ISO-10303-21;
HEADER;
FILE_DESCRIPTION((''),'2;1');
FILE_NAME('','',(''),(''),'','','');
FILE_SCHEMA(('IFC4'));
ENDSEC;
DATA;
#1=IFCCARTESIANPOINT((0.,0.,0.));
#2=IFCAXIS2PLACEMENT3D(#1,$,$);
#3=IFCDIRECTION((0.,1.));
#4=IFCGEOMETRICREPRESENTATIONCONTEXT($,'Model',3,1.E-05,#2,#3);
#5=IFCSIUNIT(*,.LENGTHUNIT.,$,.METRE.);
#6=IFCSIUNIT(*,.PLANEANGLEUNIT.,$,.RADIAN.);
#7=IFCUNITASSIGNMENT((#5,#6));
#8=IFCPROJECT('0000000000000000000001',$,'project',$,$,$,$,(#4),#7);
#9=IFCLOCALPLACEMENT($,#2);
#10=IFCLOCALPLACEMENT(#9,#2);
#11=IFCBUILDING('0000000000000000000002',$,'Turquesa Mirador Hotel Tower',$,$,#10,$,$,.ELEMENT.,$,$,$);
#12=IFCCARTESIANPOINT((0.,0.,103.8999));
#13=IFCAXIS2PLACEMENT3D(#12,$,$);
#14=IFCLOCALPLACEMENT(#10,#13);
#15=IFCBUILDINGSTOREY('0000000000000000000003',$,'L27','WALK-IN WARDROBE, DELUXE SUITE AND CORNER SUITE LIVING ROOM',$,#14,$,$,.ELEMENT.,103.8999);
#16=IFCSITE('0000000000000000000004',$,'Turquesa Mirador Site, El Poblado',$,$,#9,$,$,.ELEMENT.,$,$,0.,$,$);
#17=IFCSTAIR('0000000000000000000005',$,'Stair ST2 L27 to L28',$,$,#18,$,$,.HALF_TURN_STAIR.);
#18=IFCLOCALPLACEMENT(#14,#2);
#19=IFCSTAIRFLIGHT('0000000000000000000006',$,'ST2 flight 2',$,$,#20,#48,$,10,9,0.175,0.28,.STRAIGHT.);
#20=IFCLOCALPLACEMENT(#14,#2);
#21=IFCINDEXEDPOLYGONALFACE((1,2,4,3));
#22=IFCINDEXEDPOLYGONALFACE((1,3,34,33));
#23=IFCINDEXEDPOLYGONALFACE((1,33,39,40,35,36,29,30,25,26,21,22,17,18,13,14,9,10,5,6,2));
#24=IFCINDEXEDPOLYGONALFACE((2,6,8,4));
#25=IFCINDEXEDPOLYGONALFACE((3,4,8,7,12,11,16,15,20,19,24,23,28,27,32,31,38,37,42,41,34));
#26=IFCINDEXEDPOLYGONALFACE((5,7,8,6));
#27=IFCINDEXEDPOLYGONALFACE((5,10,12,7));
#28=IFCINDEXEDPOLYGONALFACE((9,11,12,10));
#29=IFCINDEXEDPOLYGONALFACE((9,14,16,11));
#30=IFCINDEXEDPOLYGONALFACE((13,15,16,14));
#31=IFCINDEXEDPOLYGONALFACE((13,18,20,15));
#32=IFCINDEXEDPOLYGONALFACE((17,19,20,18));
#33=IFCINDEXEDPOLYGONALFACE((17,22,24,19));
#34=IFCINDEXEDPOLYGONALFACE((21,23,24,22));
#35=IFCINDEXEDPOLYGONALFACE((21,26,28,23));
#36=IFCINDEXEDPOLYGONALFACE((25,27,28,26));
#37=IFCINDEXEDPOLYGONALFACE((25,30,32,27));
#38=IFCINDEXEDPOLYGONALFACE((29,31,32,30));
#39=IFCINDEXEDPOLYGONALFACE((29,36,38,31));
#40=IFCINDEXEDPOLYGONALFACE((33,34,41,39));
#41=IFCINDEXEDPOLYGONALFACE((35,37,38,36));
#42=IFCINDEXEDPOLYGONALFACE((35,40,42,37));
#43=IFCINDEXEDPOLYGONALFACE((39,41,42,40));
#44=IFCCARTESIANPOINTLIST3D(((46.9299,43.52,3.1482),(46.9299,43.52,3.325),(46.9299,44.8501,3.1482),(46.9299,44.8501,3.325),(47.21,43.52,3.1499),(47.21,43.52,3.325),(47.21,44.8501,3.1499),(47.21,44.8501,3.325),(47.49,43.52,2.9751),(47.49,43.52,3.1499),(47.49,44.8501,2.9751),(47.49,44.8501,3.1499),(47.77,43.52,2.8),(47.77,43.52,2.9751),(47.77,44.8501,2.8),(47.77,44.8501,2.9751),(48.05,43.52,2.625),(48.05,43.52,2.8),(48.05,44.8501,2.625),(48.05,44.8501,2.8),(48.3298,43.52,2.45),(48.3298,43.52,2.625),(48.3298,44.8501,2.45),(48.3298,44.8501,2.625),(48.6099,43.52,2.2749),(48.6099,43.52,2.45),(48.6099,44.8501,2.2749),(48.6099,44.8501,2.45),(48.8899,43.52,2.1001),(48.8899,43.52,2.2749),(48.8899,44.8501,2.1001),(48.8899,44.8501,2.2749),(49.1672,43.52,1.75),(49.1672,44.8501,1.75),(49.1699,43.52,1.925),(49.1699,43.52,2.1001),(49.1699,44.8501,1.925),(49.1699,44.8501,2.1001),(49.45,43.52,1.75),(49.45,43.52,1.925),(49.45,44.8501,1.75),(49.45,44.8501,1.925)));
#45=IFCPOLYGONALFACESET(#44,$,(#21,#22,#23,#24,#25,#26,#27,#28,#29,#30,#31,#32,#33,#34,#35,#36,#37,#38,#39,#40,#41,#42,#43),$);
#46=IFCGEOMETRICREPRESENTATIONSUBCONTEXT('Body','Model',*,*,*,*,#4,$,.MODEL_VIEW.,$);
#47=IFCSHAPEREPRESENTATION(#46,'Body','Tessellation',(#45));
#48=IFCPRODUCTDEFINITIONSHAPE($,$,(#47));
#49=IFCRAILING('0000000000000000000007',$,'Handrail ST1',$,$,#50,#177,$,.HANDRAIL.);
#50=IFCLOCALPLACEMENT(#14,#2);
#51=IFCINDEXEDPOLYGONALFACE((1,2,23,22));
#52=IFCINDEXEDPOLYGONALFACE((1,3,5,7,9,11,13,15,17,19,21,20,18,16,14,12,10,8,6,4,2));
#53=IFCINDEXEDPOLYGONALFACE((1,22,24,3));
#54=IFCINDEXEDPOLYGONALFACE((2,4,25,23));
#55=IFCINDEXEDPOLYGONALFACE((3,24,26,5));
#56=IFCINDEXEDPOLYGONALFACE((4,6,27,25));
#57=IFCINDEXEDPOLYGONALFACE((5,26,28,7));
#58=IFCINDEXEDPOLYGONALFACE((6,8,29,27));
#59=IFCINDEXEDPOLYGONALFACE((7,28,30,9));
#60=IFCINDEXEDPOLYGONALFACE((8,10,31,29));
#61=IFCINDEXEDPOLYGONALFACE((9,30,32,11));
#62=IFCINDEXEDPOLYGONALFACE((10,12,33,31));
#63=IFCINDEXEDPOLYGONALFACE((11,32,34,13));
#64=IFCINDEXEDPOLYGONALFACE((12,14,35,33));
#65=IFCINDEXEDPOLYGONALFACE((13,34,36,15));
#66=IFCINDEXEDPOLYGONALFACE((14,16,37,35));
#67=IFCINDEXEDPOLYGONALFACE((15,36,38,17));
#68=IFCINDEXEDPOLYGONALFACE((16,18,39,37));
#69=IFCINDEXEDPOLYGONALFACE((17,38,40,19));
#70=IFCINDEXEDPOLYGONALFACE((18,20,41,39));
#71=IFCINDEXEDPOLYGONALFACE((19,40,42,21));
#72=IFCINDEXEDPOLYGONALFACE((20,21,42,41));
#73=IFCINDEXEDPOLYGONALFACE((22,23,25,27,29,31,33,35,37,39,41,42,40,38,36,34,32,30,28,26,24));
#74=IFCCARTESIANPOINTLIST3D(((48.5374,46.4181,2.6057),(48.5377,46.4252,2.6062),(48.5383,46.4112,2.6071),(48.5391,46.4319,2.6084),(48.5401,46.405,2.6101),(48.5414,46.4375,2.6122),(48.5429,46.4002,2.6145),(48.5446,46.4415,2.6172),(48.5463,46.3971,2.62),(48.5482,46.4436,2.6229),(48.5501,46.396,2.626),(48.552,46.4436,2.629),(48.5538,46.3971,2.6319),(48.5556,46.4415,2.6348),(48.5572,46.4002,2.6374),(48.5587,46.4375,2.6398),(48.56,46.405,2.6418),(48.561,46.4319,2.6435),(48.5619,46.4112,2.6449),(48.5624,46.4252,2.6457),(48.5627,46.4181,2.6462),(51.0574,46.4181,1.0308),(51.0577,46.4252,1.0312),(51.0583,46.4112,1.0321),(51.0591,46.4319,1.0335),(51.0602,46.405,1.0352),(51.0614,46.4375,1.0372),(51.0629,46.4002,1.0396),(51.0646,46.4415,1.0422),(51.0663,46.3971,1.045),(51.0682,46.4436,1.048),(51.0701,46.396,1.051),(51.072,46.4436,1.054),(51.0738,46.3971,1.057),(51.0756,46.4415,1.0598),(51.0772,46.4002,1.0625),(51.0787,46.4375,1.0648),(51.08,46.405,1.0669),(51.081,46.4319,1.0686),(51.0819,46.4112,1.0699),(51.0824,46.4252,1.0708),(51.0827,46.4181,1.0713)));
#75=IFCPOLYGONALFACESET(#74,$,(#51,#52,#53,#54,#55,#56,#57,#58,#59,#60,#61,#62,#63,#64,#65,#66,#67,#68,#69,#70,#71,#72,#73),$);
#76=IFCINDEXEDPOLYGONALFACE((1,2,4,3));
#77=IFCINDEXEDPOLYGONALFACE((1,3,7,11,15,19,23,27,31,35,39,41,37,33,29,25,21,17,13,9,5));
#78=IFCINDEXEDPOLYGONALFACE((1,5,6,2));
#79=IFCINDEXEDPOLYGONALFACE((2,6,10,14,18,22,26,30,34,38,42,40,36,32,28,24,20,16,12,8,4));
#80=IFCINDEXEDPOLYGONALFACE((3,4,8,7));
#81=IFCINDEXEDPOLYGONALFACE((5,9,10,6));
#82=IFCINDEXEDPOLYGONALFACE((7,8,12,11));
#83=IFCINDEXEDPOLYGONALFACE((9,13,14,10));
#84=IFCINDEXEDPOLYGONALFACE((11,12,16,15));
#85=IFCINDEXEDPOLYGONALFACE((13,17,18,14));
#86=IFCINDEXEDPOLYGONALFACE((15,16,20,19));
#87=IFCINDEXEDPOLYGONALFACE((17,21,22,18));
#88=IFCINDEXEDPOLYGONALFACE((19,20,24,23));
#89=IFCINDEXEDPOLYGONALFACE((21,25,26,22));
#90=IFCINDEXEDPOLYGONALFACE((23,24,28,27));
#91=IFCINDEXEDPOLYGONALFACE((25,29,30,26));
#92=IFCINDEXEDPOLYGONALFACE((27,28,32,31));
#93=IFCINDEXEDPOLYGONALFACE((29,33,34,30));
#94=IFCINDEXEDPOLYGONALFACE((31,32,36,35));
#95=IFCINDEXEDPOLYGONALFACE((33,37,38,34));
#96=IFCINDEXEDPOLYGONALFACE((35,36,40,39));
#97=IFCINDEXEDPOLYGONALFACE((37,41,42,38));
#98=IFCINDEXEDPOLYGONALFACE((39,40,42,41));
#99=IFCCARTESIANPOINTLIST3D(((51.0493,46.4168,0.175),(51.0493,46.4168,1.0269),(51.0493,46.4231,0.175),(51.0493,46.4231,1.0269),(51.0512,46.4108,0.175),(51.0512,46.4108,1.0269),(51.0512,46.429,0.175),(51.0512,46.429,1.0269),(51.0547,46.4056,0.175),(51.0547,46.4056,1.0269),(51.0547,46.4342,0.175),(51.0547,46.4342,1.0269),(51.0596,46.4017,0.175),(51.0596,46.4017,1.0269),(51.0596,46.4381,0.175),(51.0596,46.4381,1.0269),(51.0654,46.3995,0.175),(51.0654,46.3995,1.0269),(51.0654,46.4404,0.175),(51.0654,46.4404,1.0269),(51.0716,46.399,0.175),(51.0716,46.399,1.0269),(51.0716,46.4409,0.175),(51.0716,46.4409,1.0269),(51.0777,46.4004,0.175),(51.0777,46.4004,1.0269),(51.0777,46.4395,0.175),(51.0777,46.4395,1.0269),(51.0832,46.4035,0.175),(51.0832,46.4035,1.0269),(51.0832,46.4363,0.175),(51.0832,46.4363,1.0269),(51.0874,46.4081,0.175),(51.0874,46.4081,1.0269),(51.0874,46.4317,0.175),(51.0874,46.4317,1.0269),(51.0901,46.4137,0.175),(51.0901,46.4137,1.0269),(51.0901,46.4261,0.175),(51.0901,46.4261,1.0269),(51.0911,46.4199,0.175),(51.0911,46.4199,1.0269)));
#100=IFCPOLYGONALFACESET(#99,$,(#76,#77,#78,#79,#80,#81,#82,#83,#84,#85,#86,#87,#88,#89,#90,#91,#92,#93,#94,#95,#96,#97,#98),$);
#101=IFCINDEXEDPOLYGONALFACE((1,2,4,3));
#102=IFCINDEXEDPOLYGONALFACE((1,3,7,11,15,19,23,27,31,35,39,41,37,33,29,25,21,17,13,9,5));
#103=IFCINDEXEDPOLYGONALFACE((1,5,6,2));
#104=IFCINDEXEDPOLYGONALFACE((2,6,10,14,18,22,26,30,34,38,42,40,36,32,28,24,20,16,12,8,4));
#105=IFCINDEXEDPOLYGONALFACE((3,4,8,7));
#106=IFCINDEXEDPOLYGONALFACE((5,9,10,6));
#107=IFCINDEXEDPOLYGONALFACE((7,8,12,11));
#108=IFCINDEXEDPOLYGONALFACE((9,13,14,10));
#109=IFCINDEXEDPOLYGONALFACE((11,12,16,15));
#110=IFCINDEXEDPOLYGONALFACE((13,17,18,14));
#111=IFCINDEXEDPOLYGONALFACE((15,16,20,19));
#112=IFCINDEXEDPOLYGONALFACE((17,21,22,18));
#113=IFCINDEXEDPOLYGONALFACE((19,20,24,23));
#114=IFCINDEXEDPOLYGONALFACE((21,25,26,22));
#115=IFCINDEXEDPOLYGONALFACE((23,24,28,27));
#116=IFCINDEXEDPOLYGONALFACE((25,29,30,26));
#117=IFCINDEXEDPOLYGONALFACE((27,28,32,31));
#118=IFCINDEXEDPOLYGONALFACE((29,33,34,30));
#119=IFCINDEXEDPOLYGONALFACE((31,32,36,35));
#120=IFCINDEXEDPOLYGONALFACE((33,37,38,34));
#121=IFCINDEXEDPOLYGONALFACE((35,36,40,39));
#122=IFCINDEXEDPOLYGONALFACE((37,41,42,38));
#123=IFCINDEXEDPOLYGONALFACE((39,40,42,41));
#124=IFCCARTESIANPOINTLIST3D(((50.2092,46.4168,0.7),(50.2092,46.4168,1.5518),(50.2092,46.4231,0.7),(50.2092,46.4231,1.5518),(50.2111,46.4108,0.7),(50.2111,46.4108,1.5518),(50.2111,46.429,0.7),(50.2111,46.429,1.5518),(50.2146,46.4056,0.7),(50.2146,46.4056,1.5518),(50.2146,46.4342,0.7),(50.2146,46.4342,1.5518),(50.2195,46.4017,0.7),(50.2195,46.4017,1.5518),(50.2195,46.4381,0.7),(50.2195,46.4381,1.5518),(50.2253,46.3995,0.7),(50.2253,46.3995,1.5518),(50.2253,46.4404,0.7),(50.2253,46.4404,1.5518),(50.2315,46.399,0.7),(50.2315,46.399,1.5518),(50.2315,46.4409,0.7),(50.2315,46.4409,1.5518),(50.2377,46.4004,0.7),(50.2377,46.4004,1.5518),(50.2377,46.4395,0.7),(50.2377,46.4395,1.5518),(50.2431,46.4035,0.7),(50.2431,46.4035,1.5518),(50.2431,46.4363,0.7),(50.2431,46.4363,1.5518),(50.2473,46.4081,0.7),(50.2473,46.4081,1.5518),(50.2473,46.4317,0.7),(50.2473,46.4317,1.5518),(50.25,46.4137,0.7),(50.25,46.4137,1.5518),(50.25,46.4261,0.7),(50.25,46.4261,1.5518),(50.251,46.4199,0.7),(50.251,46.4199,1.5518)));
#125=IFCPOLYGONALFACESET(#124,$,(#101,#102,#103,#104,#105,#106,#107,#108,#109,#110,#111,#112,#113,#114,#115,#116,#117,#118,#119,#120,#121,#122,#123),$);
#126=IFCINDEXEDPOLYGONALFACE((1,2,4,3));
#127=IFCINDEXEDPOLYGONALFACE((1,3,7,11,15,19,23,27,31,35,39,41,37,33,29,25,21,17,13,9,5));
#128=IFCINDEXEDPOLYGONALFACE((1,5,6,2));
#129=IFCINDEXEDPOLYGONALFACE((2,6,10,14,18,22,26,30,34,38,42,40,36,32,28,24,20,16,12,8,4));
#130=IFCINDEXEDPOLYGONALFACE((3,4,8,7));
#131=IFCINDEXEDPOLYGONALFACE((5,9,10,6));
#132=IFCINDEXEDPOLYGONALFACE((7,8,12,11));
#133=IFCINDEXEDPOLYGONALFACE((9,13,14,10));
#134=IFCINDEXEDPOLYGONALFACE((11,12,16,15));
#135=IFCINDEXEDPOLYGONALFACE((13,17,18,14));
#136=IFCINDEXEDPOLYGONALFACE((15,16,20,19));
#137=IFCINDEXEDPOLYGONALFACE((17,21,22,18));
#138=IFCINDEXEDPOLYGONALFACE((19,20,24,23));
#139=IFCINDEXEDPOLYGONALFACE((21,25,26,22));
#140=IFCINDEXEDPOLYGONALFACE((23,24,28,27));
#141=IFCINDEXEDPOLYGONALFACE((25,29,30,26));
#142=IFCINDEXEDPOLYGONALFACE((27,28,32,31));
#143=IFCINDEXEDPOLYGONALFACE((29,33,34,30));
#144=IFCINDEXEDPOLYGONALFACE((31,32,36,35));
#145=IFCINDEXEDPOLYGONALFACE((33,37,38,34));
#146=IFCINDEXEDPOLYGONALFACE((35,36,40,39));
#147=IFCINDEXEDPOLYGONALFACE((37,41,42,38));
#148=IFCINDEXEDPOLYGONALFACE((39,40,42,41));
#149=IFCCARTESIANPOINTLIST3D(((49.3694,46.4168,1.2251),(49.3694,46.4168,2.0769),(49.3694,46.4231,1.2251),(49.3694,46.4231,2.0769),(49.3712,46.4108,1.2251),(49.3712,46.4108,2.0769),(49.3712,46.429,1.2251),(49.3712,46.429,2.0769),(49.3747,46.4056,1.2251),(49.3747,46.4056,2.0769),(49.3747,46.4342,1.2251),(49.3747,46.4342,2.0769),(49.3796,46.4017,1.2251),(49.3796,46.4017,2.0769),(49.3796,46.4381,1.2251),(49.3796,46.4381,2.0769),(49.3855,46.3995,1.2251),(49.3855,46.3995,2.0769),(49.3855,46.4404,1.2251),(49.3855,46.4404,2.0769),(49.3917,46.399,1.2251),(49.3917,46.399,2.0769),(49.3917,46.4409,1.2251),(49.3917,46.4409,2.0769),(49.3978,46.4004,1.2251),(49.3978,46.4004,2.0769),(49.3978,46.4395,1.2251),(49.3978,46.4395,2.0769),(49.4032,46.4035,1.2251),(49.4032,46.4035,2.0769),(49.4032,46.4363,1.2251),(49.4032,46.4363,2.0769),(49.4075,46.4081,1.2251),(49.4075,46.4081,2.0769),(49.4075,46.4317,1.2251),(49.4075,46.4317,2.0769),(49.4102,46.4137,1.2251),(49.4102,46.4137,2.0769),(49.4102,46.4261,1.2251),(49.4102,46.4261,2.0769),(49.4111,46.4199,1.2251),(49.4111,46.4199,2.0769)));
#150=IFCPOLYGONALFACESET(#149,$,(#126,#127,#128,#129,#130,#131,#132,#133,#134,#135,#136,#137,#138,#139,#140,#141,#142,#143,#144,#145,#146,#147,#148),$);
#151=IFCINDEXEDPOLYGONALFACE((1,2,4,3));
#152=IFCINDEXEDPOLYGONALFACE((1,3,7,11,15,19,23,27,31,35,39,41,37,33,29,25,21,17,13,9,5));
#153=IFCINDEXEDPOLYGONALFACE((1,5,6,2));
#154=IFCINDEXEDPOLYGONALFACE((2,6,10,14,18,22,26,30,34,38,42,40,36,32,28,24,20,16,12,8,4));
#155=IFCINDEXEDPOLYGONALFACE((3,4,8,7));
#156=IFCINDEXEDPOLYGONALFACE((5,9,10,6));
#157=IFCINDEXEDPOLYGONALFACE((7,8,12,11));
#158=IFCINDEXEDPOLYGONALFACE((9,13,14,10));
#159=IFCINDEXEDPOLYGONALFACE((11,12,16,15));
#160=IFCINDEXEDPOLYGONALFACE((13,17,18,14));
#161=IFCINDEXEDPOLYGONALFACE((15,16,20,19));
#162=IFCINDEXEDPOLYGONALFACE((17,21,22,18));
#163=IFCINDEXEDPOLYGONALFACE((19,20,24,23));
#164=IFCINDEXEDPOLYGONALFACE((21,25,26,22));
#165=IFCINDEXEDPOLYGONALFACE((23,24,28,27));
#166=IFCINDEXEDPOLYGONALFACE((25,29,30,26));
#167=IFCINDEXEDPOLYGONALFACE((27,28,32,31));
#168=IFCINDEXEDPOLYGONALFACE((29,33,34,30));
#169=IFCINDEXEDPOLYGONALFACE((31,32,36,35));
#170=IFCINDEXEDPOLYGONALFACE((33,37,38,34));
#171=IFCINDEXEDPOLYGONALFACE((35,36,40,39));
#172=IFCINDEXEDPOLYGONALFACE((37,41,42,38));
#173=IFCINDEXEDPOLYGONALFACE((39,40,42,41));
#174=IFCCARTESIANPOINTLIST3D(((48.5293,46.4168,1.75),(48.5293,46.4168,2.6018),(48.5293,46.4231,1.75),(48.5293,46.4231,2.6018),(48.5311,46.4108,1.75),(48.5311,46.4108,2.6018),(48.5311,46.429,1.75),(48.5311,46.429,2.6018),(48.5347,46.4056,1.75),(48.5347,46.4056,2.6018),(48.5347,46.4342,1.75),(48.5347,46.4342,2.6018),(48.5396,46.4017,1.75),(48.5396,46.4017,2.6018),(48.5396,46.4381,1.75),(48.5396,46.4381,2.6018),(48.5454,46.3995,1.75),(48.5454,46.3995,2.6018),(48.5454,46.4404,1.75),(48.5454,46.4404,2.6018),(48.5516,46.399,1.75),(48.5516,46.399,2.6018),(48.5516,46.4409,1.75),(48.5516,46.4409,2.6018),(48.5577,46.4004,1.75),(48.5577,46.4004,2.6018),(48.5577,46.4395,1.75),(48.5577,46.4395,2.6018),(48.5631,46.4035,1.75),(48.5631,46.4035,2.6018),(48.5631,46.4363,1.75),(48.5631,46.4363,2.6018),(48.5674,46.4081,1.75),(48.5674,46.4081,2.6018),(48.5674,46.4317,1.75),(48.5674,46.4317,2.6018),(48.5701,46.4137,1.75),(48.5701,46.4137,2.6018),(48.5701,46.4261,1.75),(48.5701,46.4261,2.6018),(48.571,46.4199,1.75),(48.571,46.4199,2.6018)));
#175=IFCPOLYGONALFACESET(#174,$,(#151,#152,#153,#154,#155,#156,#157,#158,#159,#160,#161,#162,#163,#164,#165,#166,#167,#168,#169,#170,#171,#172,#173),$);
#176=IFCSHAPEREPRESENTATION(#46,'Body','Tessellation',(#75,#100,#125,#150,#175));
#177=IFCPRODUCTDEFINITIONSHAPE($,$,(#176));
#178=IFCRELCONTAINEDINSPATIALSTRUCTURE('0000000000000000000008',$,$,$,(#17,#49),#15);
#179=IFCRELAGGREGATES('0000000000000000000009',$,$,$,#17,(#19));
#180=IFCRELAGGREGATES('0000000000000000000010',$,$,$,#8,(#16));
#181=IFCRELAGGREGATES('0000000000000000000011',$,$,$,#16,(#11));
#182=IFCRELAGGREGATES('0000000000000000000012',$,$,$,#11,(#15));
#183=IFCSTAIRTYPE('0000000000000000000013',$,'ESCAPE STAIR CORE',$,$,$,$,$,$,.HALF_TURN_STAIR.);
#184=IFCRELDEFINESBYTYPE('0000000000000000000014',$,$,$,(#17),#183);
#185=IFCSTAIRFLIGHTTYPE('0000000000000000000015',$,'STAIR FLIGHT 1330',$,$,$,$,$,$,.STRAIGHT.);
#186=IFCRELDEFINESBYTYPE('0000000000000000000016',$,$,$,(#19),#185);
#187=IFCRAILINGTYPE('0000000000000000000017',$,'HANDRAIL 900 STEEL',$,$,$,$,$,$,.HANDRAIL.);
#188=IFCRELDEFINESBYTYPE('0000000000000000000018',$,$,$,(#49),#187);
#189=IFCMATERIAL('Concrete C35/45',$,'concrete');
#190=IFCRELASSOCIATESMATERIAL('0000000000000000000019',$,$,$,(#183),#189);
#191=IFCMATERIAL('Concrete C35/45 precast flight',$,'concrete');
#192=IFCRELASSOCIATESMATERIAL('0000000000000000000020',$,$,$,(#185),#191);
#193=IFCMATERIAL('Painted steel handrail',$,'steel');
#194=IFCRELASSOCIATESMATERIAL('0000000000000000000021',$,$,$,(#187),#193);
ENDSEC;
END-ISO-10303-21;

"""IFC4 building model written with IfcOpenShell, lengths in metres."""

from ifc_helpers import new_model, si_unit, direction, frame, origin, origin_2d, place, context, subcontext, project, spatial, polyline, circle, outline, extrude, material, type_object, element, aggregate, save


model = new_model("IFC4")

# Units and contexts
model_context = context("Model", 3, precision=1e-05, world=origin(), true_north=direction((0.0, 1.0)))
body_context = subcontext(model_context, "Body", "Model", "MODEL_VIEW")
ifc_project = project(units=[si_unit("LENGTHUNIT", "METRE"), si_unit("PLANEANGLEUNIT", "RADIAN")], contexts=[model_context])

# Site, building, storey
site_placement = place(None, origin())
site = spatial("IfcSite", under=ifc_project, at=site_placement, Name="Turquesa Mirador Site, El Poblado", CompositionType="ELEMENT", RefElevation=0.0)
building_placement = place(site_placement, origin())
building = spatial("IfcBuilding", under=site, at=building_placement, Name="Turquesa Mirador Hotel Tower", CompositionType="ELEMENT")
storey_placement = place(building_placement, frame((0.0, 0.0, 103.8999)))
storey = spatial("IfcBuildingStorey", under=building, at=storey_placement, Name="L27", Description="WALK-IN WARDROBE, DELUXE SUITE AND CORNER SUITE LIVING ROOM", CompositionType="ELEMENT", Elevation=103.8999)

# Shared definitions
ifc_material_1 = material(Name="Concrete C35/45", Category="concrete")
stair_type = type_object("IfcStairType", Name="ESCAPE STAIR CORE", PredefinedType="HALF_TURN_STAIR", material=ifc_material_1)
ifc_material_2 = material(Name="Concrete C35/45 precast flight", Category="concrete")
stair_flight_type = type_object("IfcStairFlightType", Name="STAIR FLIGHT 1330", PredefinedType="STRAIGHT", material=ifc_material_2)

# Stair, stair flight
stair_1_placement = place(storey_placement, origin())
stair_1 = element("IfcStair", 1, at=stair_1_placement, inside=storey, type_object=stair_type, Name="Stair ST2 L27 to L28", PredefinedType="HALF_TURN_STAIR")
stair_flight_1_placement = place(storey_placement, frame((49.45, 44.1851, 1.75), z_axis=(0.0, 0.0, 1.0), x_axis=(-1.0, 0.0, 0.0)))
stair_flight_1 = element("IfcStairFlight", 2, at=stair_flight_1_placement, type_object=stair_flight_type, Name="ST2 flight 2", NumberOfRisers=10, NumberOfTreads=9, PredefinedType="STRAIGHT", RiserHeight=0.175, TreadLength=0.28, context=body_context, shape_type="SweptSolid", body=[
    extrude(outline(polyline([(0.0, 0.0), (0.0, 0.175), (0.28, 0.175), (0.28, 0.3501), (0.5601, 0.3501), (0.5601, 0.5249), (0.8401, 0.5249), (0.8401, 0.7), (1.1201, 0.7), (1.1201, 0.875), (1.3999, 0.875), (1.3999, 1.05), (1.6799, 1.05), (1.6799, 1.2251), (1.96, 1.2251), (1.96, 1.3999), (2.24, 1.3999), (2.24, 1.575), (2.52, 1.575), (2.52, 1.75), (2.52, 1.3982), (0.2827, 0.0), (0.0, 0.0)])), frame((0.0, 0.665, 0.0), z_axis=(0.0, -1.0, 0.0), x_axis=(1.0, 0.0, 0.0)), (0.0, 0.0, 1.0), 1.3301),
])
aggregate(stair_1, [stair_flight_1])

# Railing
ifc_material_3 = material(Name="Painted steel handrail", Category="steel")
railing_type = type_object("IfcRailingType", Name="HANDRAIL 900 STEEL", PredefinedType="HANDRAIL", material=ifc_material_3)
railing_1_placement = place(storey_placement, frame((51.0701, 46.4199, 0.175)))
element("IfcRailing", 3, at=railing_1_placement, inside=storey, type_object=railing_type, Name="Handrail ST1", PredefinedType="HANDRAIL", context=body_context, shape_type="SweptSolid", body=[
    extrude(circle(Radius=0.0239, at=origin_2d()), frame((0.0, 0.0, 0.876), z_axis=(-0.848008, 0.0, 0.529984), x_axis=(0.0, -1.0, 0.0)), (0.0, 0.0, 1.0), 2.9717),
    extrude(circle(Radius=0.021, at=origin_2d()), origin(), (0.0, 0.0, 1.0), 0.8518),
    extrude(circle(Radius=0.021, at=origin_2d()), frame((-0.8401, 0.0, 0.5249)), (0.0, 0.0, 1.0), 0.8518),
    extrude(circle(Radius=0.021, at=origin_2d()), frame((-1.6799, 0.0, 1.05)), (0.0, 0.0, 1.0), 0.8518),
    extrude(circle(Radius=0.021, at=origin_2d()), frame((-2.52, 0.0, 1.575)), (0.0, 0.0, 1.0), 0.8518),
])

save(model, "model.ifc")
